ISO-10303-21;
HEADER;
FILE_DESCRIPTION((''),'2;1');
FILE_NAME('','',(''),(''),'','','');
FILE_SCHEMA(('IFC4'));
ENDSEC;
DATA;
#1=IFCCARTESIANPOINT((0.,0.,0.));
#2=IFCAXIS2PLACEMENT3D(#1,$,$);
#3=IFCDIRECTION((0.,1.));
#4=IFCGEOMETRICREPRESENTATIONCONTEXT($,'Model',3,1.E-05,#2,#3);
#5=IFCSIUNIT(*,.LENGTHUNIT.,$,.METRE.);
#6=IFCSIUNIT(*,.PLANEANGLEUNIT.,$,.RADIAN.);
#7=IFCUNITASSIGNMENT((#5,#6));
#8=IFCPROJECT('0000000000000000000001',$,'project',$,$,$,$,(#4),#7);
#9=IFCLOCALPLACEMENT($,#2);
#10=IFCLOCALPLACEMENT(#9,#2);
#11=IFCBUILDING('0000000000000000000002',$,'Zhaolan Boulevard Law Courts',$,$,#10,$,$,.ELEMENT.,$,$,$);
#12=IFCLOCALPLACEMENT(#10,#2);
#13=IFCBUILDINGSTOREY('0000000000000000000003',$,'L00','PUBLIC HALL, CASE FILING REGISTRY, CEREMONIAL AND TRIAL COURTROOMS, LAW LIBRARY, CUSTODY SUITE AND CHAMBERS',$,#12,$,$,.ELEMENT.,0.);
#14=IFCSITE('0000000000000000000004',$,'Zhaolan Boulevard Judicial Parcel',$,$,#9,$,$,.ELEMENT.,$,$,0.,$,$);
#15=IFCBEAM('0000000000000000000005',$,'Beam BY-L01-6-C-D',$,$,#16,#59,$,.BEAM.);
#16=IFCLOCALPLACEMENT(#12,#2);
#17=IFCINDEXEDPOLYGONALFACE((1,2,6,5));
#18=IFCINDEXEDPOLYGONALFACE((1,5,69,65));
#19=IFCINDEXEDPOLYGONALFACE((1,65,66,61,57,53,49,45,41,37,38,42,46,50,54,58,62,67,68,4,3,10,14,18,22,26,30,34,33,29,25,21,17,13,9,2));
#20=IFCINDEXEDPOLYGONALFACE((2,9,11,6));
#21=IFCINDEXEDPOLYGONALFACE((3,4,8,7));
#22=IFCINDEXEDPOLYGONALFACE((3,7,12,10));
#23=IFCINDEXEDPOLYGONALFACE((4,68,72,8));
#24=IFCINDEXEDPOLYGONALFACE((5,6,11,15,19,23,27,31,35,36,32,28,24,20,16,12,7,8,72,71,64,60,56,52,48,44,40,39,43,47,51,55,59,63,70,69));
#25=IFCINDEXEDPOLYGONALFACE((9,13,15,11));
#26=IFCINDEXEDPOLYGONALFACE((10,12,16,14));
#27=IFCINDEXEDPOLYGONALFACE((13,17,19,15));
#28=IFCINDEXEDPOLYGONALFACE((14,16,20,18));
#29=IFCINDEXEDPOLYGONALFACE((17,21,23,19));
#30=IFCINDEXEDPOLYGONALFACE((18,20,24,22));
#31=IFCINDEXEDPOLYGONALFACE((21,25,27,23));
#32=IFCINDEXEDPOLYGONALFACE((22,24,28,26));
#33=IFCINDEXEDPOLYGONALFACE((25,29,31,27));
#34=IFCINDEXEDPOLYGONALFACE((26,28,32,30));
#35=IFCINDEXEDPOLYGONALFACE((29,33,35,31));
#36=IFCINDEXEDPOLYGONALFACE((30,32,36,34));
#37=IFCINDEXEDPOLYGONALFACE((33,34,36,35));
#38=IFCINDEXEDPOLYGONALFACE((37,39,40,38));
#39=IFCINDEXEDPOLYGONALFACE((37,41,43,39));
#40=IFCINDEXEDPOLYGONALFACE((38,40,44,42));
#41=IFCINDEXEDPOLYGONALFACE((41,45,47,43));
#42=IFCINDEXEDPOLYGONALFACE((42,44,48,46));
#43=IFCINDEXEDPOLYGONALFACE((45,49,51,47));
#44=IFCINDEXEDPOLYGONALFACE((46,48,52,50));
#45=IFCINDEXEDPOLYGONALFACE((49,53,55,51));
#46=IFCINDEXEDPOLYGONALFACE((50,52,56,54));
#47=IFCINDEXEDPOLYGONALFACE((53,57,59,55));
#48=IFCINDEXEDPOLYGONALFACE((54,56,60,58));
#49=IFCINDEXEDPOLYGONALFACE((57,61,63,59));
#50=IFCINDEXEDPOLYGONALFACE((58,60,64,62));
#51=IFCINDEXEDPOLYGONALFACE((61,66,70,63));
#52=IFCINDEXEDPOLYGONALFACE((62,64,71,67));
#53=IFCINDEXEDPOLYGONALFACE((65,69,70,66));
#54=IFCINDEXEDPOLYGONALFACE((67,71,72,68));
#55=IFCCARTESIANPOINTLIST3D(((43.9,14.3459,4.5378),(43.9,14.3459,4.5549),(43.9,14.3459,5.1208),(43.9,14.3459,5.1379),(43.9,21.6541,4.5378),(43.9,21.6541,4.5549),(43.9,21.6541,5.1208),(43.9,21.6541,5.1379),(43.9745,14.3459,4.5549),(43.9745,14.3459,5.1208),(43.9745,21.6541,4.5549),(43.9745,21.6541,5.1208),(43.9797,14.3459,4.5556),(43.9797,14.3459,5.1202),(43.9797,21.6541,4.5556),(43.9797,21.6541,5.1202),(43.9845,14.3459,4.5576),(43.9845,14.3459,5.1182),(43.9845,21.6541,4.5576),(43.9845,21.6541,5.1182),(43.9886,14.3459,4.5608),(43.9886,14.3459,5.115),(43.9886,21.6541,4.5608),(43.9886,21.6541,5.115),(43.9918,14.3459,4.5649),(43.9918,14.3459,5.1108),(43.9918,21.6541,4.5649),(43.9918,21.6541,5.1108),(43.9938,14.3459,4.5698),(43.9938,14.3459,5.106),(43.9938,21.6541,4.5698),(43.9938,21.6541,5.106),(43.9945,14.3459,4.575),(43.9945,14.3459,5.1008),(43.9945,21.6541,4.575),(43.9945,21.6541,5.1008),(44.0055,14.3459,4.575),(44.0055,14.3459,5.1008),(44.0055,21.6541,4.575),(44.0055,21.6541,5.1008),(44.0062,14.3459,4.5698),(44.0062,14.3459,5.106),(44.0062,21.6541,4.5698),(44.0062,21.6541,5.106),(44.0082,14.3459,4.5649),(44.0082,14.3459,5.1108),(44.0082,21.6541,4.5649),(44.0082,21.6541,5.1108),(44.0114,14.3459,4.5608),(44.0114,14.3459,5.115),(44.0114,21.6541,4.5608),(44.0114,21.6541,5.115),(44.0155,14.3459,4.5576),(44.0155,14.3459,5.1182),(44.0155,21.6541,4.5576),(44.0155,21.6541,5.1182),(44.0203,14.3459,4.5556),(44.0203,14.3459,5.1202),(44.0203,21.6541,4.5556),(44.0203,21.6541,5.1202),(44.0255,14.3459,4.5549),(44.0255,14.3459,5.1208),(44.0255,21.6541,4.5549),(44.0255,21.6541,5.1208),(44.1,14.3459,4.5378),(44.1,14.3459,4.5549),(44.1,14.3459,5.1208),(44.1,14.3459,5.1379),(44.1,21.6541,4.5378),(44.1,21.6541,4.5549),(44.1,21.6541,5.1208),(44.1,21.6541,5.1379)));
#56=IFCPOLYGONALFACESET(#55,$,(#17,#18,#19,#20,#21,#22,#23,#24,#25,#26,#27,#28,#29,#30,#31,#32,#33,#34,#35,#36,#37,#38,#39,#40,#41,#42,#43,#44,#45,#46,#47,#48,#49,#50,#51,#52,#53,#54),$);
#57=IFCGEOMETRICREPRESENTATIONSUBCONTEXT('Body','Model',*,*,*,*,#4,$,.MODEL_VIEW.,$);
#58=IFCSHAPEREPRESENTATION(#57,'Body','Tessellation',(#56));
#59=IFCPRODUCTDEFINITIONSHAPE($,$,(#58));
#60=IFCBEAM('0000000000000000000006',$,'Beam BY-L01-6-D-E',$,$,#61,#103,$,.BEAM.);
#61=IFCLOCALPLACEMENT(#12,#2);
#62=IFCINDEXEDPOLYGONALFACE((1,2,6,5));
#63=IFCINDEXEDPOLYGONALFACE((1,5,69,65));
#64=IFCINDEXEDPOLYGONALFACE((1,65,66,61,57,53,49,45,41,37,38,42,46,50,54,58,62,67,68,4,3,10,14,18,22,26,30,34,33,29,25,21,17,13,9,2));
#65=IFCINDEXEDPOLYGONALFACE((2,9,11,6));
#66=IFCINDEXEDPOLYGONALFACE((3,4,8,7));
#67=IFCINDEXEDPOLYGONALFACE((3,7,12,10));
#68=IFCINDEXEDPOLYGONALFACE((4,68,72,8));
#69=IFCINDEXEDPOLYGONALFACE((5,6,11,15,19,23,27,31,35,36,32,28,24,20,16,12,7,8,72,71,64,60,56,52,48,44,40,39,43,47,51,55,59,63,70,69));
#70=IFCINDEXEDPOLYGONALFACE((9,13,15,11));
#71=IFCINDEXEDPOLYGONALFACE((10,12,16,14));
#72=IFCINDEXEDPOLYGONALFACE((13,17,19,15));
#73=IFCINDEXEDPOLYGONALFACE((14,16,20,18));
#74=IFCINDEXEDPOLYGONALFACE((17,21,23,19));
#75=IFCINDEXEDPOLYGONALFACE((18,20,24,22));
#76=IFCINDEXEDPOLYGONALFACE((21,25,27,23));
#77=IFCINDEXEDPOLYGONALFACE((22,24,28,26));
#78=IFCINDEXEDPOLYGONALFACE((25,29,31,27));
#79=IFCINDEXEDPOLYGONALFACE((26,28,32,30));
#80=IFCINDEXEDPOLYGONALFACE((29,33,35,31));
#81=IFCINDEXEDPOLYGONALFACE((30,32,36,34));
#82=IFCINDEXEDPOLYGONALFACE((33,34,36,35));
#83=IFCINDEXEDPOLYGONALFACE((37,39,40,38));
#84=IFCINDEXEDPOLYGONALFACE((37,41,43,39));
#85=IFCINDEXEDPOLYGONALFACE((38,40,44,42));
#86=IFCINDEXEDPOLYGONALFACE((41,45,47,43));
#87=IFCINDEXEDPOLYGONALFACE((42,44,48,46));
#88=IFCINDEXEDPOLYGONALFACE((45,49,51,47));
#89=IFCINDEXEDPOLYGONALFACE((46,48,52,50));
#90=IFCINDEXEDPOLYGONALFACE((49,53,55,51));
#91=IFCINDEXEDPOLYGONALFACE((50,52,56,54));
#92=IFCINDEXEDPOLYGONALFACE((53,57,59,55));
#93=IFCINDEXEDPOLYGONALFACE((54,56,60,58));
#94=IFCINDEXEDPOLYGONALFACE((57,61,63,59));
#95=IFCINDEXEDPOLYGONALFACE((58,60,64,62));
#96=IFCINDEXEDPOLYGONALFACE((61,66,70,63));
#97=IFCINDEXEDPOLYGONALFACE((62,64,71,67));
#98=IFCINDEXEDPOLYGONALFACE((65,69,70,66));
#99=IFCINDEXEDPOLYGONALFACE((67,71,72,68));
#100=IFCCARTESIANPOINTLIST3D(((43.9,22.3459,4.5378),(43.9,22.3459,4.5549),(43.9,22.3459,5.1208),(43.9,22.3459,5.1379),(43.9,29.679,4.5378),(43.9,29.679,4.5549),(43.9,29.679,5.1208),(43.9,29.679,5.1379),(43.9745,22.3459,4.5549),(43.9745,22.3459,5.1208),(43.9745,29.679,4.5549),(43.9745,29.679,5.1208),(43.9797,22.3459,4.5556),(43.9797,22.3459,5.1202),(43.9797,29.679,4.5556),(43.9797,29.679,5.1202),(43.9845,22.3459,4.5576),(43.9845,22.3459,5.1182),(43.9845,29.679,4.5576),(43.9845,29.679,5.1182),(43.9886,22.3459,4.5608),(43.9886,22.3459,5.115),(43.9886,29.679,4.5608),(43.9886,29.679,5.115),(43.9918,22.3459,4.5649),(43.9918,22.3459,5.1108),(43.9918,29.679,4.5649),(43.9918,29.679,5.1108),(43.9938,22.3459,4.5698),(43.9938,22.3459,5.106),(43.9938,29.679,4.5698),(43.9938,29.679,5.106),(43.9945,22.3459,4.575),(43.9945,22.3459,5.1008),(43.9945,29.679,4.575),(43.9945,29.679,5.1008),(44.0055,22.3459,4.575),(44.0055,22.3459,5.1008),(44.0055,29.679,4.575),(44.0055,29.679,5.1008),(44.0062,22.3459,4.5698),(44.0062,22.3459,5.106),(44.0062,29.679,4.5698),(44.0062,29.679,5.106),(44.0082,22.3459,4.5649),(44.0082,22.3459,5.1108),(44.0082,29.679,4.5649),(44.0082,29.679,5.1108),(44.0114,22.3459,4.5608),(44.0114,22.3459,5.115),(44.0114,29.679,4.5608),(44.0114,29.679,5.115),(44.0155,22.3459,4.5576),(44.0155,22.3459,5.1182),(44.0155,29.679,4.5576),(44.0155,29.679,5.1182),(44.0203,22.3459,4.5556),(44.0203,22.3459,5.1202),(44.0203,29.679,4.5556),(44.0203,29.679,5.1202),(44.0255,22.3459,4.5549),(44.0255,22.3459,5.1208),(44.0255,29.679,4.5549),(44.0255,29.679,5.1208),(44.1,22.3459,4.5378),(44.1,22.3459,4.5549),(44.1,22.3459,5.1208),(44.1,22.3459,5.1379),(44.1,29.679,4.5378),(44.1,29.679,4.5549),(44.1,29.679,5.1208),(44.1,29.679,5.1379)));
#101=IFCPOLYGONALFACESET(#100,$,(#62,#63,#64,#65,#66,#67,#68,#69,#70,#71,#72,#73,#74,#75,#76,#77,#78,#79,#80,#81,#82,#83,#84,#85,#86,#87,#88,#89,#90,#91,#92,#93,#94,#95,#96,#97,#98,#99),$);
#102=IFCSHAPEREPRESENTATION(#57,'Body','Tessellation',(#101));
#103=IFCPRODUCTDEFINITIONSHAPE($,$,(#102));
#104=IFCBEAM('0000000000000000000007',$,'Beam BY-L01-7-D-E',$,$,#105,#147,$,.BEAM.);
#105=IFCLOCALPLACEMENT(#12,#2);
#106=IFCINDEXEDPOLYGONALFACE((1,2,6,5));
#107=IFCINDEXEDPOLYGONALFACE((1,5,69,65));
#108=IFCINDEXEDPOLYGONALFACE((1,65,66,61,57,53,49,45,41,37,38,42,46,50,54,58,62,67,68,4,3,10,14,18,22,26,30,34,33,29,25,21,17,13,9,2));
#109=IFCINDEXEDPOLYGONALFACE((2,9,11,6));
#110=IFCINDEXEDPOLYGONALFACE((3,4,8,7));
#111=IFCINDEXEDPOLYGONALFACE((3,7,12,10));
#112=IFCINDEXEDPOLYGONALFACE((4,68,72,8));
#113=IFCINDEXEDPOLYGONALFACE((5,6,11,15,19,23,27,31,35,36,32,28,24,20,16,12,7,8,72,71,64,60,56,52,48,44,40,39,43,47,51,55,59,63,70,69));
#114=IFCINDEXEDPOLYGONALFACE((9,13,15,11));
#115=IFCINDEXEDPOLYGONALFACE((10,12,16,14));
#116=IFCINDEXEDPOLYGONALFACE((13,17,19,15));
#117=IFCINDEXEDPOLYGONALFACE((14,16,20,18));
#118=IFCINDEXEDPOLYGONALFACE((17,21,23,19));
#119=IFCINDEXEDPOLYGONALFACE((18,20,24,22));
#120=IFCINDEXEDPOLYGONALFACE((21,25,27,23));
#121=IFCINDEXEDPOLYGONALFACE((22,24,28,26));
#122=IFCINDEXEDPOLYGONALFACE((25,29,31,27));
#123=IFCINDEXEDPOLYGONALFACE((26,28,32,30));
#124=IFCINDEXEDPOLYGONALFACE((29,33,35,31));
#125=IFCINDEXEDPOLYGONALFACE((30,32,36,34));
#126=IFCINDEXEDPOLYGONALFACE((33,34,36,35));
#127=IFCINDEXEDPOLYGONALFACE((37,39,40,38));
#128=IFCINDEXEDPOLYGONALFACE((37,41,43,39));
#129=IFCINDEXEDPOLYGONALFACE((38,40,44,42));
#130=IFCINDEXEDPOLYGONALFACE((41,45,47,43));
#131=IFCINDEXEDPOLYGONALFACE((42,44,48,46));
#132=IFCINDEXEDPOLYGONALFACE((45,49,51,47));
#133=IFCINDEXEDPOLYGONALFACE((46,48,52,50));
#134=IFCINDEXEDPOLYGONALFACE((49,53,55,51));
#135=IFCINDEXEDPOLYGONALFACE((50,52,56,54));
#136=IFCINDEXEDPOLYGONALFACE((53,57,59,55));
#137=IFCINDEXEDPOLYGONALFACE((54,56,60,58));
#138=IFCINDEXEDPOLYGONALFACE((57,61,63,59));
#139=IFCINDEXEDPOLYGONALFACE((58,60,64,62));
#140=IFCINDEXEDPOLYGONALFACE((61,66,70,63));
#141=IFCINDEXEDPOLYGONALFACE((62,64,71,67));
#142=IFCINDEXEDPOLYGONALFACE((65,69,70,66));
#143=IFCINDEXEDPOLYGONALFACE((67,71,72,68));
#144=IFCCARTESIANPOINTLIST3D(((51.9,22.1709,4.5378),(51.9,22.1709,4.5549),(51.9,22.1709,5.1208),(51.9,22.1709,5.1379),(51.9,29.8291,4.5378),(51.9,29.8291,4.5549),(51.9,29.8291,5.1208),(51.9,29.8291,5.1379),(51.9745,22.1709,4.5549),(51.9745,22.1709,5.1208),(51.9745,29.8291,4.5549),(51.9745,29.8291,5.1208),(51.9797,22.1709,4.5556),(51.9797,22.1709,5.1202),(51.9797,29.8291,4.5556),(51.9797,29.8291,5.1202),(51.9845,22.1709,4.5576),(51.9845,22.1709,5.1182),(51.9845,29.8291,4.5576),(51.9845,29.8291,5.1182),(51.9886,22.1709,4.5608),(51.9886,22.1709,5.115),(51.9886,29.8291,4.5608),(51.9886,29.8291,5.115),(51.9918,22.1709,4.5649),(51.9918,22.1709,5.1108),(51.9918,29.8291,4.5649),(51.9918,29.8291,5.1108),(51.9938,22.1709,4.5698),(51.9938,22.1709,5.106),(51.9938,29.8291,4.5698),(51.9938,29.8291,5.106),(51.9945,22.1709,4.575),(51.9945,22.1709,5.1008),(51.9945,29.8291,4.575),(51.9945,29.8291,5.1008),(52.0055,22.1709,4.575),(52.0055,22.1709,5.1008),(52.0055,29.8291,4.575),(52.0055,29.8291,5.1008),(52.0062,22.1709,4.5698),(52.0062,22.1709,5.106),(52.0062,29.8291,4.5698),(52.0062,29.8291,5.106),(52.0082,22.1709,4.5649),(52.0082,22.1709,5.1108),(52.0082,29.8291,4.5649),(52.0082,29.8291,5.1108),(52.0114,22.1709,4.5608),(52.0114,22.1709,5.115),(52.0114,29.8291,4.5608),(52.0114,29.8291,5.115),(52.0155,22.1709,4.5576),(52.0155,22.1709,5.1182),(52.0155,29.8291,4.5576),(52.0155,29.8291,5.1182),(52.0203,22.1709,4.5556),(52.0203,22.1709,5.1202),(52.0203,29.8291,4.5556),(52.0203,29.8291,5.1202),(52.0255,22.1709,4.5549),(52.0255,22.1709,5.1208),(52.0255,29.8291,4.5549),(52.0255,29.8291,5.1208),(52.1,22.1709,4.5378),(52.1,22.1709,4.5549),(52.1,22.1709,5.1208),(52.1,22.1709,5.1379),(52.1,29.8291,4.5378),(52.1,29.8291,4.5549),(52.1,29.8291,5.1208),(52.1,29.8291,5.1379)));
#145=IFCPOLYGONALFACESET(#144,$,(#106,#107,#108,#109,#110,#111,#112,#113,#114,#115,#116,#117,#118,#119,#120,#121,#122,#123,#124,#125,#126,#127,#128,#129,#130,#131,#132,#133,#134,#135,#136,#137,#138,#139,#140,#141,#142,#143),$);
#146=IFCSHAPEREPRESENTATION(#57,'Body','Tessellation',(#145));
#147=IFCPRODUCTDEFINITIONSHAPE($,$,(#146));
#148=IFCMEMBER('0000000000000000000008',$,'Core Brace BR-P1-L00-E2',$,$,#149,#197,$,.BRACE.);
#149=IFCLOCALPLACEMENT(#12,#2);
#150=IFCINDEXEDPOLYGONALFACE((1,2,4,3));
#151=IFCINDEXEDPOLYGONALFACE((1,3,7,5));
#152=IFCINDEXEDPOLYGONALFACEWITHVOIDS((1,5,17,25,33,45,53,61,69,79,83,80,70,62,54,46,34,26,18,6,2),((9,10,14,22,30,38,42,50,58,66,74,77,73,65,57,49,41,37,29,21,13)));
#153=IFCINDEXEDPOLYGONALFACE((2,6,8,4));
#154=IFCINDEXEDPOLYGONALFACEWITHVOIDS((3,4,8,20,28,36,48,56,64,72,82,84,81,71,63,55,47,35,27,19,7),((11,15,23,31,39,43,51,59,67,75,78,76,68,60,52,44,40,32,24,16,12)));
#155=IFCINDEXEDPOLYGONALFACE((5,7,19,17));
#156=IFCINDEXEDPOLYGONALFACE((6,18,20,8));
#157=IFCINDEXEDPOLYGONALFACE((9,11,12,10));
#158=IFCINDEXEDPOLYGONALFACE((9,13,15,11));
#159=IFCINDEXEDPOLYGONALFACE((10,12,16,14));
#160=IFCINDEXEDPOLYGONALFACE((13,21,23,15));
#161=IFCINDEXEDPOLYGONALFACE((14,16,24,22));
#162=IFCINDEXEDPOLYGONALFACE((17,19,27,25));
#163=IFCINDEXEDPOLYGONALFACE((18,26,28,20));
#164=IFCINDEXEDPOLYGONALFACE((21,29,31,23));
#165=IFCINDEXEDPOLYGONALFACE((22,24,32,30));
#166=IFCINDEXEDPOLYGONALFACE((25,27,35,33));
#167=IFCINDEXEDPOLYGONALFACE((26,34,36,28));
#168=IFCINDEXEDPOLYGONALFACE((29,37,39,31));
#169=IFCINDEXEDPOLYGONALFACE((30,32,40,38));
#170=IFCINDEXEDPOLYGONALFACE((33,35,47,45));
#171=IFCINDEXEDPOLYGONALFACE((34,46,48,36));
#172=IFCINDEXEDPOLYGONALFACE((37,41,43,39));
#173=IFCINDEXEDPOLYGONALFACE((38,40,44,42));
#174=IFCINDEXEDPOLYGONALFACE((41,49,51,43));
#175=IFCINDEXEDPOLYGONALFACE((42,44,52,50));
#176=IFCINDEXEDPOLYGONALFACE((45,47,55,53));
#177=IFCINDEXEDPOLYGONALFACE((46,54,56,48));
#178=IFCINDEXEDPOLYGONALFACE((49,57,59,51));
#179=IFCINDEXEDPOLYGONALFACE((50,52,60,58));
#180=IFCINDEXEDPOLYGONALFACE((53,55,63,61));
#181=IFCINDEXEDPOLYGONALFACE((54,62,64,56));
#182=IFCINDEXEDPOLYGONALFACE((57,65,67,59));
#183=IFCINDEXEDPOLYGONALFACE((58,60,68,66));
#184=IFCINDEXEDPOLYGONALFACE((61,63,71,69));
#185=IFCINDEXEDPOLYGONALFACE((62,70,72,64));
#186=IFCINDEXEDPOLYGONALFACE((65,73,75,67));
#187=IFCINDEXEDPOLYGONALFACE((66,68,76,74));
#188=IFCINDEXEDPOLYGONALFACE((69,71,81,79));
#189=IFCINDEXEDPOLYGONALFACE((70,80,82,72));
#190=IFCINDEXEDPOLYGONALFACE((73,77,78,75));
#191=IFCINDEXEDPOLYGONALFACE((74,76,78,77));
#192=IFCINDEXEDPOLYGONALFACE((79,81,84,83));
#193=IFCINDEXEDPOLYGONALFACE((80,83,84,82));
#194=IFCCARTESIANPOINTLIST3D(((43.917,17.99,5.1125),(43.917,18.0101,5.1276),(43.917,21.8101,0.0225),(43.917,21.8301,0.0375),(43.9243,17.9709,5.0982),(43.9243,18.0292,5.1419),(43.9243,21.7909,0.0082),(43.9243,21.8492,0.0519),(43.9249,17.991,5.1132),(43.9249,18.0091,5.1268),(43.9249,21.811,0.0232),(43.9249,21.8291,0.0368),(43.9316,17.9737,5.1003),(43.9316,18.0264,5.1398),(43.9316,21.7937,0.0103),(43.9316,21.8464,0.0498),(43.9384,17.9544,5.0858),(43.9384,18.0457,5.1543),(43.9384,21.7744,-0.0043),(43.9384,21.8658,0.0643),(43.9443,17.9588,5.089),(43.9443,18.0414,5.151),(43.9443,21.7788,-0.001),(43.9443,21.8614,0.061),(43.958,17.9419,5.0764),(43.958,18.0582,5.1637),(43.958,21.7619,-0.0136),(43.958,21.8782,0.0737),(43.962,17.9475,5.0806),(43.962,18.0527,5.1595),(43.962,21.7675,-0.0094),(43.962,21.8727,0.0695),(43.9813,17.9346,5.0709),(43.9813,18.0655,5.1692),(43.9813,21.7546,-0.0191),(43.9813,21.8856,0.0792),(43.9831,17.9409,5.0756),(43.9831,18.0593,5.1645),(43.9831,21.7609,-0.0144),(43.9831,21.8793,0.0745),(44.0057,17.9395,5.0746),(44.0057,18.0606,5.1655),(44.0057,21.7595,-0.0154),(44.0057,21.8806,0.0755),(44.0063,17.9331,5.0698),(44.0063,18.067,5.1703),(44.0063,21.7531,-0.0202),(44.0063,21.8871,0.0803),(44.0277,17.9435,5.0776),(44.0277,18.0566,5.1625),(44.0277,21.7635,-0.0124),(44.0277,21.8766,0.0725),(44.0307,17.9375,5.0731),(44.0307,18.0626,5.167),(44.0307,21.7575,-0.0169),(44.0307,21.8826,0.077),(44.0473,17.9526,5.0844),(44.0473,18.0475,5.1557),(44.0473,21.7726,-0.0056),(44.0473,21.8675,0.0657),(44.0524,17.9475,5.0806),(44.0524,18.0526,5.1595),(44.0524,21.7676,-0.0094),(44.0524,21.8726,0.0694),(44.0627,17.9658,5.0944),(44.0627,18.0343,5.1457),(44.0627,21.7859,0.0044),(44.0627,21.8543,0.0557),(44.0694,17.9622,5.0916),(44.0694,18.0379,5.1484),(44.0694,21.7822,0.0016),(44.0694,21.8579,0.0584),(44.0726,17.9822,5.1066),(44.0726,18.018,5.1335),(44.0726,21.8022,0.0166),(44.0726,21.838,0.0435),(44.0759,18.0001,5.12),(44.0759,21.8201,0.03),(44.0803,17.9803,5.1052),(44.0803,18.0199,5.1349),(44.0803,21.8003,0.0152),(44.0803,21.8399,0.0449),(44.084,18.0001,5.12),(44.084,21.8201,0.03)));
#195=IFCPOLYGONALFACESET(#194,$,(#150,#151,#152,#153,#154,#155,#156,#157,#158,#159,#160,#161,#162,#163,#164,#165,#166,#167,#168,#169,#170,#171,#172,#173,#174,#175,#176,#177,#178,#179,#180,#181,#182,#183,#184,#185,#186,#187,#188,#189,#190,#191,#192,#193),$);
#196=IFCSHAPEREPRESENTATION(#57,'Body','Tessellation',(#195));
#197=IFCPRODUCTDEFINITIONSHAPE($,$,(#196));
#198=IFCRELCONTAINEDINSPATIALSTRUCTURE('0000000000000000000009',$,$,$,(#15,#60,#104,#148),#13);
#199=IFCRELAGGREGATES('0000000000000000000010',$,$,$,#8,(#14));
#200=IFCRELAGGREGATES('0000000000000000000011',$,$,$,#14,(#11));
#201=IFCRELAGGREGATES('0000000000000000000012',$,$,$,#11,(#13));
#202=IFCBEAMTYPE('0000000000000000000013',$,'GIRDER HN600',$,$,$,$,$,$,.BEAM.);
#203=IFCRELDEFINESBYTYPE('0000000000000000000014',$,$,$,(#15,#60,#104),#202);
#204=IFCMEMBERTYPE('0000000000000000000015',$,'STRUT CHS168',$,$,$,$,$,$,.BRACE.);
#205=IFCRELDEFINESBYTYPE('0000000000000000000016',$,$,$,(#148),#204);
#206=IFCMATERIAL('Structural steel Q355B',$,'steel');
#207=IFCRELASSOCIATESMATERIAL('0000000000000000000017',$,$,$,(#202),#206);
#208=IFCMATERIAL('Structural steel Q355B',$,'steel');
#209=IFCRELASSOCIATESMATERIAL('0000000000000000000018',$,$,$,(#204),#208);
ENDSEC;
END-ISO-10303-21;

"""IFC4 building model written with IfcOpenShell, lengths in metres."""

from ifc_helpers import new_model, si_unit, direction, frame, origin, origin_2d, place, context, subcontext, project, spatial, hollow_circle, i_section, extrude, material, material_profile, profile_set, type_object, element, save


model = new_model("IFC4")

# Units and contexts
model_context = context("Model", 3, precision=1e-05, world=origin(), true_north=direction((0.0, 1.0)))
body_context = subcontext(model_context, "Body", "Model", "MODEL_VIEW")
ifc_project = project(units=[si_unit("LENGTHUNIT", "METRE"), si_unit("PLANEANGLEUNIT", "RADIAN")], contexts=[model_context])

# Site, building, storey
site_placement = place(None, origin())
site = spatial("IfcSite", under=ifc_project, at=site_placement, Name="Zhaolan Boulevard Judicial Parcel", CompositionType="ELEMENT", RefElevation=0.0)
building_placement = place(site_placement, origin())
building = spatial("IfcBuilding", under=site, at=building_placement, Name="Zhaolan Boulevard Law Courts", CompositionType="ELEMENT")
storey_placement = place(building_placement, origin())
storey = spatial("IfcBuildingStorey", under=building, at=storey_placement, Name="L00", Description="PUBLIC HALL, CASE FILING REGISTRY, CEREMONIAL AND TRIAL COURTROOMS, LAW LIBRARY, CUSTODY SUITE AND CHAMBERS", CompositionType="ELEMENT", Elevation=0.0)

# Beams
ifc_material_1 = material(Name="Structural steel Q355B", Category="steel")
ifc_material_profile_1 = material_profile(ifc_material_1, i_section(OverallWidth=0.2, OverallDepth=0.6001, WebThickness=0.011, FlangeThickness=0.0171, FilletRadius=0.02, at=origin_2d()), Name="HN600x200")
ifc_profile_set_1 = profile_set([ifc_material_profile_1], Name="Structural steel Q355B")
beam_type = type_object("IfcBeamType", Name="GIRDER HN600", PredefinedType="BEAM", material=ifc_profile_set_1)
beam_1_placement = place(storey_placement, frame((44.0, 14.3459, 4.8379), z_axis=(0.0, 1.0, 0.0), x_axis=(-1.0, 0.0, 0.0)))
element("IfcBeam", 1, at=beam_1_placement, inside=storey, type_object=beam_type, Name="Beam BY-L01-6-C-D", PredefinedType="BEAM", context=body_context, shape_type="SweptSolid", body=[
    extrude(i_section(OverallWidth=0.2, OverallDepth=0.6001, WebThickness=0.011, FlangeThickness=0.0171, FilletRadius=0.02, at=origin_2d()), origin(), (0.0, 0.0, 1.0), 7.3081),
])
beam_2_placement = place(storey_placement, frame((44.0, 22.3459, 4.8379), z_axis=(0.0, 1.0, 0.0), x_axis=(-1.0, 0.0, 0.0)))
element("IfcBeam", 2, at=beam_2_placement, inside=storey, type_object=beam_type, Name="Beam BY-L01-6-D-E", PredefinedType="BEAM", context=body_context, shape_type="SweptSolid", body=[
    extrude(i_section(OverallWidth=0.2, OverallDepth=0.6001, WebThickness=0.011, FlangeThickness=0.0171, FilletRadius=0.02, at=origin_2d()), origin(), (0.0, 0.0, 1.0), 7.333),
])
beam_3_placement = place(storey_placement, frame((52.0, 22.1709, 4.8379), z_axis=(0.0, 1.0, 0.0), x_axis=(-1.0, 0.0, 0.0)))
element("IfcBeam", 3, at=beam_3_placement, inside=storey, type_object=beam_type, Name="Beam BY-L01-7-D-E", PredefinedType="BEAM", context=body_context, shape_type="SweptSolid", body=[
    extrude(i_section(OverallWidth=0.2, OverallDepth=0.6001, WebThickness=0.011, FlangeThickness=0.0171, FilletRadius=0.02, at=origin_2d()), origin(), (0.0, 0.0, 1.0), 7.6582),
])

# Member
ifc_material_2 = material(Name="Structural steel Q355B", Category="steel")
ifc_material_profile_2 = material_profile(ifc_material_2, hollow_circle(Radius=0.084, WallThickness=0.0081, at=origin_2d()), Name="CHS168x8")
ifc_profile_set_2 = profile_set([ifc_material_profile_2], Name="Structural steel Q355B")
member_type_1 = type_object("IfcMemberType", Name="STRUT CHS168", PredefinedType="BRACE", material=ifc_profile_set_2)
member_1_placement = place(storey_placement, frame((44.0, 21.8201, 0.03), z_axis=(0.0, -0.600252, 0.799811), x_axis=(1.0, 0.0, 0.0)))
element("IfcMember", 4, at=member_1_placement, inside=storey, type_object=member_type_1, Name="Core Brace BR-P1-L00-E2", PredefinedType="BRACE", context=body_context, shape_type="SweptSolid", body=[
    extrude(hollow_circle(Radius=0.084, WallThickness=0.0081, at=origin_2d()), origin(), (0.0, 0.0, 1.0), 6.364),
])

save(model, "model.ifc")
